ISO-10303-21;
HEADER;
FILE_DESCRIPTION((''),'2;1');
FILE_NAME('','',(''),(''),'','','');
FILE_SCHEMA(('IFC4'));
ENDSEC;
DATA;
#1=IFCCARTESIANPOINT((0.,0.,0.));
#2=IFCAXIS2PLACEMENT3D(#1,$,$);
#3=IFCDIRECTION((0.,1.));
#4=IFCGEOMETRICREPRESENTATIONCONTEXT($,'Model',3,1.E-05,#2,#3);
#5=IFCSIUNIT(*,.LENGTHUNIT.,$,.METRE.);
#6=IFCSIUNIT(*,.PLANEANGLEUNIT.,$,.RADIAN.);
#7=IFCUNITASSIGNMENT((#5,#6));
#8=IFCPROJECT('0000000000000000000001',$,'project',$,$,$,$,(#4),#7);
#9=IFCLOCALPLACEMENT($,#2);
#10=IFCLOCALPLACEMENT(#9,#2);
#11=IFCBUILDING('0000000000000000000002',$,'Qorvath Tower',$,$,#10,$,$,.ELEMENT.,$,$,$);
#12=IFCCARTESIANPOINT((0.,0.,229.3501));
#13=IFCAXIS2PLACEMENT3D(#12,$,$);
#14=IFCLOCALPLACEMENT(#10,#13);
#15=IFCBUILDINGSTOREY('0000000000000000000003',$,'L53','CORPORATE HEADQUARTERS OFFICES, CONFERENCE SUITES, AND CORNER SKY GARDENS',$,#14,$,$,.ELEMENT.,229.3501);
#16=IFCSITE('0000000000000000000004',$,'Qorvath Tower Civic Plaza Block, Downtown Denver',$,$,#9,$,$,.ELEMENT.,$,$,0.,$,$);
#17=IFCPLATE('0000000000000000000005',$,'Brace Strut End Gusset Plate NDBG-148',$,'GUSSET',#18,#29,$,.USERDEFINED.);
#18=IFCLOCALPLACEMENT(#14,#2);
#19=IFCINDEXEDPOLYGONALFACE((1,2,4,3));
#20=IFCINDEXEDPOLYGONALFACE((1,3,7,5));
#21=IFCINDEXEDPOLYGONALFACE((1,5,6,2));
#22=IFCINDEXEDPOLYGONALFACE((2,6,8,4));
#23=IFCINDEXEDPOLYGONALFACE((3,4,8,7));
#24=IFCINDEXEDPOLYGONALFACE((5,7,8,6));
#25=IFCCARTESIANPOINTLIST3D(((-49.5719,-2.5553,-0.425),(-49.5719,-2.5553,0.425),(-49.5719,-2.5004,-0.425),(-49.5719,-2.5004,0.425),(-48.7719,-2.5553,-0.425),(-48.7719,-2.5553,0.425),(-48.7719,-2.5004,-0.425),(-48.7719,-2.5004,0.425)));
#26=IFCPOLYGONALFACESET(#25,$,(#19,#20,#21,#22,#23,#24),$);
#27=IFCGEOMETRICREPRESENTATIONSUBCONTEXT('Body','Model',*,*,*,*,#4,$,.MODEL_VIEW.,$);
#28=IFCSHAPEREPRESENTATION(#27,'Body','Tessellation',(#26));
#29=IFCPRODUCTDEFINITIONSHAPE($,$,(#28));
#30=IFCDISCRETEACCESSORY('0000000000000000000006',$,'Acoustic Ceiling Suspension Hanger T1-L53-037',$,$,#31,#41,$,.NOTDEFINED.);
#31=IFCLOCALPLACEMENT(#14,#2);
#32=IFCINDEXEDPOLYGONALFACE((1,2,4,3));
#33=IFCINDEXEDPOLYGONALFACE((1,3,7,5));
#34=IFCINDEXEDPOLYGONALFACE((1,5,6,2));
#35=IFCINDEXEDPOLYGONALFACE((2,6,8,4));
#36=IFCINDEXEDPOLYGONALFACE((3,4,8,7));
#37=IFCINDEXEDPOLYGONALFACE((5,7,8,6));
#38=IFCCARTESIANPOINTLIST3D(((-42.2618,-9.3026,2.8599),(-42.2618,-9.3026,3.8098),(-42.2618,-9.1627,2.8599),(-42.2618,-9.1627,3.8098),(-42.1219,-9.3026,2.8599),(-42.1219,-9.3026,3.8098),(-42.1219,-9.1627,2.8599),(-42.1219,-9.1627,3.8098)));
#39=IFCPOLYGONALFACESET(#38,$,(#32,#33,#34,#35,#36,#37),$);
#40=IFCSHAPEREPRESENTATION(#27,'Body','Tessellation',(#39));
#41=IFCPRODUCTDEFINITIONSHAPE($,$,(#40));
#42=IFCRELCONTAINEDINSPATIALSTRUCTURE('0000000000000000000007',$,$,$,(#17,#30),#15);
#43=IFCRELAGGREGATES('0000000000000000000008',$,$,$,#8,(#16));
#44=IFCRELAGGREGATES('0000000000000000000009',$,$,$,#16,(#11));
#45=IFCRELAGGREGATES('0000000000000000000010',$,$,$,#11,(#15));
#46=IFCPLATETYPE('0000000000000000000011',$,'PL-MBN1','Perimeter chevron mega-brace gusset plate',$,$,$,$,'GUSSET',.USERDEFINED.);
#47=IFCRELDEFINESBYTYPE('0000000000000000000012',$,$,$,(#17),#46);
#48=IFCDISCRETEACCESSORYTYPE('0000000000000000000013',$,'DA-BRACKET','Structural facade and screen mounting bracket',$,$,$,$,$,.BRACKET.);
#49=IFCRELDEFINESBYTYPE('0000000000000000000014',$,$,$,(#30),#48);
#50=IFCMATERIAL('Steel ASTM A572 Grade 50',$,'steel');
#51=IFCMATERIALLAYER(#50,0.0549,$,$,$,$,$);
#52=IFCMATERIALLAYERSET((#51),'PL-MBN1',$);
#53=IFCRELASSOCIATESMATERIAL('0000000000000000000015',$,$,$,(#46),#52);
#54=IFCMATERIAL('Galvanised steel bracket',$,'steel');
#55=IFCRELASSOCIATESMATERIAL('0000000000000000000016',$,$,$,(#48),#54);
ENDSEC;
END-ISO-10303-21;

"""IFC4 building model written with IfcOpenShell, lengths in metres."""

from ifc_helpers import new_model, si_unit, direction, frame, origin, origin_2d, place, context, subcontext, project, spatial, rectangle, extrude, material, layer, layer_set, type_object, element, save


model = new_model("IFC4")

# Units and contexts
model_context = context("Model", 3, precision=1e-05, world=origin(), true_north=direction((0.0, 1.0)))
body_context = subcontext(model_context, "Body", "Model", "MODEL_VIEW")
ifc_project = project(units=[si_unit("LENGTHUNIT", "METRE"), si_unit("PLANEANGLEUNIT", "RADIAN")], contexts=[model_context])

# Site, building, storey
site_placement = place(None, origin())
site = spatial("IfcSite", under=ifc_project, at=site_placement, Name="Qorvath Tower Civic Plaza Block, Downtown Denver", CompositionType="ELEMENT", RefElevation=0.0)
building_placement = place(site_placement, origin())
building = spatial("IfcBuilding", under=site, at=building_placement, Name="Qorvath Tower", CompositionType="ELEMENT")
storey_placement = place(building_placement, frame((0.0, 0.0, 229.3501)))
storey = spatial("IfcBuildingStorey", under=building, at=storey_placement, Name="L53", Description="CORPORATE HEADQUARTERS OFFICES, CONFERENCE SUITES, AND CORNER SKY GARDENS", CompositionType="ELEMENT", Elevation=229.3501)

# Plate
ifc_material_1 = material(Name="Steel ASTM A572 Grade 50", Category="steel")
ifc_layer_1 = layer(ifc_material_1, 0.0549)
ifc_layer_set_1 = layer_set([ifc_layer_1], Name="PL-MBN1")
plate_type_1 = type_object("IfcPlateType", Name="PL-MBN1", Description="Perimeter chevron mega-brace gusset plate", ElementType="GUSSET", PredefinedType="USERDEFINED", material=ifc_layer_set_1)
for number, where, z_axis, x_axis, name in (
    (1, (-49.1719, -2.5278, -0.425), (0.0, 0.0, 1.0), (1.0, 0.0, 0.0), "Brace Strut End Gusset Plate NDBG-148"),
):
    element("IfcPlate", number, at=place(storey_placement, frame(where, z_axis=z_axis, x_axis=x_axis)), inside=storey, type_object=plate_type_1, Name=name, ObjectType="GUSSET", PredefinedType="USERDEFINED", context=body_context, shape_type="SweptSolid", body=[
        extrude(rectangle(XDim=0.8, YDim=0.0549, at=origin_2d()), origin(), (0.0, 0.0, 1.0), 0.8501),
    ])

# Discrete accessory
ifc_material_2 = material(Name="Galvanised steel bracket", Category="steel")
discrete_accessory_type = type_object("IfcDiscreteAccessoryType", Name="DA-BRACKET", Description="Structural facade and screen mounting bracket", PredefinedType="BRACKET", material=ifc_material_2)
discrete_accessory_placement = place(storey_placement, frame((-42.1919, -9.2327, 2.8599), z_axis=(0.0, 0.0, 1.0), x_axis=(1.0, 0.0, 0.0)))
element("IfcDiscreteAccessory", 2, at=discrete_accessory_placement, inside=storey, type_object=discrete_accessory_type, Name="Acoustic Ceiling Suspension Hanger T1-L53-037", PredefinedType="NOTDEFINED", context=body_context, shape_type="SweptSolid", body=[
    extrude(rectangle(XDim=0.1399, YDim=0.1399, at=origin_2d()), origin(), (0.0, 0.0, 1.0), 0.95),
])

save(model, "model.ifc")
